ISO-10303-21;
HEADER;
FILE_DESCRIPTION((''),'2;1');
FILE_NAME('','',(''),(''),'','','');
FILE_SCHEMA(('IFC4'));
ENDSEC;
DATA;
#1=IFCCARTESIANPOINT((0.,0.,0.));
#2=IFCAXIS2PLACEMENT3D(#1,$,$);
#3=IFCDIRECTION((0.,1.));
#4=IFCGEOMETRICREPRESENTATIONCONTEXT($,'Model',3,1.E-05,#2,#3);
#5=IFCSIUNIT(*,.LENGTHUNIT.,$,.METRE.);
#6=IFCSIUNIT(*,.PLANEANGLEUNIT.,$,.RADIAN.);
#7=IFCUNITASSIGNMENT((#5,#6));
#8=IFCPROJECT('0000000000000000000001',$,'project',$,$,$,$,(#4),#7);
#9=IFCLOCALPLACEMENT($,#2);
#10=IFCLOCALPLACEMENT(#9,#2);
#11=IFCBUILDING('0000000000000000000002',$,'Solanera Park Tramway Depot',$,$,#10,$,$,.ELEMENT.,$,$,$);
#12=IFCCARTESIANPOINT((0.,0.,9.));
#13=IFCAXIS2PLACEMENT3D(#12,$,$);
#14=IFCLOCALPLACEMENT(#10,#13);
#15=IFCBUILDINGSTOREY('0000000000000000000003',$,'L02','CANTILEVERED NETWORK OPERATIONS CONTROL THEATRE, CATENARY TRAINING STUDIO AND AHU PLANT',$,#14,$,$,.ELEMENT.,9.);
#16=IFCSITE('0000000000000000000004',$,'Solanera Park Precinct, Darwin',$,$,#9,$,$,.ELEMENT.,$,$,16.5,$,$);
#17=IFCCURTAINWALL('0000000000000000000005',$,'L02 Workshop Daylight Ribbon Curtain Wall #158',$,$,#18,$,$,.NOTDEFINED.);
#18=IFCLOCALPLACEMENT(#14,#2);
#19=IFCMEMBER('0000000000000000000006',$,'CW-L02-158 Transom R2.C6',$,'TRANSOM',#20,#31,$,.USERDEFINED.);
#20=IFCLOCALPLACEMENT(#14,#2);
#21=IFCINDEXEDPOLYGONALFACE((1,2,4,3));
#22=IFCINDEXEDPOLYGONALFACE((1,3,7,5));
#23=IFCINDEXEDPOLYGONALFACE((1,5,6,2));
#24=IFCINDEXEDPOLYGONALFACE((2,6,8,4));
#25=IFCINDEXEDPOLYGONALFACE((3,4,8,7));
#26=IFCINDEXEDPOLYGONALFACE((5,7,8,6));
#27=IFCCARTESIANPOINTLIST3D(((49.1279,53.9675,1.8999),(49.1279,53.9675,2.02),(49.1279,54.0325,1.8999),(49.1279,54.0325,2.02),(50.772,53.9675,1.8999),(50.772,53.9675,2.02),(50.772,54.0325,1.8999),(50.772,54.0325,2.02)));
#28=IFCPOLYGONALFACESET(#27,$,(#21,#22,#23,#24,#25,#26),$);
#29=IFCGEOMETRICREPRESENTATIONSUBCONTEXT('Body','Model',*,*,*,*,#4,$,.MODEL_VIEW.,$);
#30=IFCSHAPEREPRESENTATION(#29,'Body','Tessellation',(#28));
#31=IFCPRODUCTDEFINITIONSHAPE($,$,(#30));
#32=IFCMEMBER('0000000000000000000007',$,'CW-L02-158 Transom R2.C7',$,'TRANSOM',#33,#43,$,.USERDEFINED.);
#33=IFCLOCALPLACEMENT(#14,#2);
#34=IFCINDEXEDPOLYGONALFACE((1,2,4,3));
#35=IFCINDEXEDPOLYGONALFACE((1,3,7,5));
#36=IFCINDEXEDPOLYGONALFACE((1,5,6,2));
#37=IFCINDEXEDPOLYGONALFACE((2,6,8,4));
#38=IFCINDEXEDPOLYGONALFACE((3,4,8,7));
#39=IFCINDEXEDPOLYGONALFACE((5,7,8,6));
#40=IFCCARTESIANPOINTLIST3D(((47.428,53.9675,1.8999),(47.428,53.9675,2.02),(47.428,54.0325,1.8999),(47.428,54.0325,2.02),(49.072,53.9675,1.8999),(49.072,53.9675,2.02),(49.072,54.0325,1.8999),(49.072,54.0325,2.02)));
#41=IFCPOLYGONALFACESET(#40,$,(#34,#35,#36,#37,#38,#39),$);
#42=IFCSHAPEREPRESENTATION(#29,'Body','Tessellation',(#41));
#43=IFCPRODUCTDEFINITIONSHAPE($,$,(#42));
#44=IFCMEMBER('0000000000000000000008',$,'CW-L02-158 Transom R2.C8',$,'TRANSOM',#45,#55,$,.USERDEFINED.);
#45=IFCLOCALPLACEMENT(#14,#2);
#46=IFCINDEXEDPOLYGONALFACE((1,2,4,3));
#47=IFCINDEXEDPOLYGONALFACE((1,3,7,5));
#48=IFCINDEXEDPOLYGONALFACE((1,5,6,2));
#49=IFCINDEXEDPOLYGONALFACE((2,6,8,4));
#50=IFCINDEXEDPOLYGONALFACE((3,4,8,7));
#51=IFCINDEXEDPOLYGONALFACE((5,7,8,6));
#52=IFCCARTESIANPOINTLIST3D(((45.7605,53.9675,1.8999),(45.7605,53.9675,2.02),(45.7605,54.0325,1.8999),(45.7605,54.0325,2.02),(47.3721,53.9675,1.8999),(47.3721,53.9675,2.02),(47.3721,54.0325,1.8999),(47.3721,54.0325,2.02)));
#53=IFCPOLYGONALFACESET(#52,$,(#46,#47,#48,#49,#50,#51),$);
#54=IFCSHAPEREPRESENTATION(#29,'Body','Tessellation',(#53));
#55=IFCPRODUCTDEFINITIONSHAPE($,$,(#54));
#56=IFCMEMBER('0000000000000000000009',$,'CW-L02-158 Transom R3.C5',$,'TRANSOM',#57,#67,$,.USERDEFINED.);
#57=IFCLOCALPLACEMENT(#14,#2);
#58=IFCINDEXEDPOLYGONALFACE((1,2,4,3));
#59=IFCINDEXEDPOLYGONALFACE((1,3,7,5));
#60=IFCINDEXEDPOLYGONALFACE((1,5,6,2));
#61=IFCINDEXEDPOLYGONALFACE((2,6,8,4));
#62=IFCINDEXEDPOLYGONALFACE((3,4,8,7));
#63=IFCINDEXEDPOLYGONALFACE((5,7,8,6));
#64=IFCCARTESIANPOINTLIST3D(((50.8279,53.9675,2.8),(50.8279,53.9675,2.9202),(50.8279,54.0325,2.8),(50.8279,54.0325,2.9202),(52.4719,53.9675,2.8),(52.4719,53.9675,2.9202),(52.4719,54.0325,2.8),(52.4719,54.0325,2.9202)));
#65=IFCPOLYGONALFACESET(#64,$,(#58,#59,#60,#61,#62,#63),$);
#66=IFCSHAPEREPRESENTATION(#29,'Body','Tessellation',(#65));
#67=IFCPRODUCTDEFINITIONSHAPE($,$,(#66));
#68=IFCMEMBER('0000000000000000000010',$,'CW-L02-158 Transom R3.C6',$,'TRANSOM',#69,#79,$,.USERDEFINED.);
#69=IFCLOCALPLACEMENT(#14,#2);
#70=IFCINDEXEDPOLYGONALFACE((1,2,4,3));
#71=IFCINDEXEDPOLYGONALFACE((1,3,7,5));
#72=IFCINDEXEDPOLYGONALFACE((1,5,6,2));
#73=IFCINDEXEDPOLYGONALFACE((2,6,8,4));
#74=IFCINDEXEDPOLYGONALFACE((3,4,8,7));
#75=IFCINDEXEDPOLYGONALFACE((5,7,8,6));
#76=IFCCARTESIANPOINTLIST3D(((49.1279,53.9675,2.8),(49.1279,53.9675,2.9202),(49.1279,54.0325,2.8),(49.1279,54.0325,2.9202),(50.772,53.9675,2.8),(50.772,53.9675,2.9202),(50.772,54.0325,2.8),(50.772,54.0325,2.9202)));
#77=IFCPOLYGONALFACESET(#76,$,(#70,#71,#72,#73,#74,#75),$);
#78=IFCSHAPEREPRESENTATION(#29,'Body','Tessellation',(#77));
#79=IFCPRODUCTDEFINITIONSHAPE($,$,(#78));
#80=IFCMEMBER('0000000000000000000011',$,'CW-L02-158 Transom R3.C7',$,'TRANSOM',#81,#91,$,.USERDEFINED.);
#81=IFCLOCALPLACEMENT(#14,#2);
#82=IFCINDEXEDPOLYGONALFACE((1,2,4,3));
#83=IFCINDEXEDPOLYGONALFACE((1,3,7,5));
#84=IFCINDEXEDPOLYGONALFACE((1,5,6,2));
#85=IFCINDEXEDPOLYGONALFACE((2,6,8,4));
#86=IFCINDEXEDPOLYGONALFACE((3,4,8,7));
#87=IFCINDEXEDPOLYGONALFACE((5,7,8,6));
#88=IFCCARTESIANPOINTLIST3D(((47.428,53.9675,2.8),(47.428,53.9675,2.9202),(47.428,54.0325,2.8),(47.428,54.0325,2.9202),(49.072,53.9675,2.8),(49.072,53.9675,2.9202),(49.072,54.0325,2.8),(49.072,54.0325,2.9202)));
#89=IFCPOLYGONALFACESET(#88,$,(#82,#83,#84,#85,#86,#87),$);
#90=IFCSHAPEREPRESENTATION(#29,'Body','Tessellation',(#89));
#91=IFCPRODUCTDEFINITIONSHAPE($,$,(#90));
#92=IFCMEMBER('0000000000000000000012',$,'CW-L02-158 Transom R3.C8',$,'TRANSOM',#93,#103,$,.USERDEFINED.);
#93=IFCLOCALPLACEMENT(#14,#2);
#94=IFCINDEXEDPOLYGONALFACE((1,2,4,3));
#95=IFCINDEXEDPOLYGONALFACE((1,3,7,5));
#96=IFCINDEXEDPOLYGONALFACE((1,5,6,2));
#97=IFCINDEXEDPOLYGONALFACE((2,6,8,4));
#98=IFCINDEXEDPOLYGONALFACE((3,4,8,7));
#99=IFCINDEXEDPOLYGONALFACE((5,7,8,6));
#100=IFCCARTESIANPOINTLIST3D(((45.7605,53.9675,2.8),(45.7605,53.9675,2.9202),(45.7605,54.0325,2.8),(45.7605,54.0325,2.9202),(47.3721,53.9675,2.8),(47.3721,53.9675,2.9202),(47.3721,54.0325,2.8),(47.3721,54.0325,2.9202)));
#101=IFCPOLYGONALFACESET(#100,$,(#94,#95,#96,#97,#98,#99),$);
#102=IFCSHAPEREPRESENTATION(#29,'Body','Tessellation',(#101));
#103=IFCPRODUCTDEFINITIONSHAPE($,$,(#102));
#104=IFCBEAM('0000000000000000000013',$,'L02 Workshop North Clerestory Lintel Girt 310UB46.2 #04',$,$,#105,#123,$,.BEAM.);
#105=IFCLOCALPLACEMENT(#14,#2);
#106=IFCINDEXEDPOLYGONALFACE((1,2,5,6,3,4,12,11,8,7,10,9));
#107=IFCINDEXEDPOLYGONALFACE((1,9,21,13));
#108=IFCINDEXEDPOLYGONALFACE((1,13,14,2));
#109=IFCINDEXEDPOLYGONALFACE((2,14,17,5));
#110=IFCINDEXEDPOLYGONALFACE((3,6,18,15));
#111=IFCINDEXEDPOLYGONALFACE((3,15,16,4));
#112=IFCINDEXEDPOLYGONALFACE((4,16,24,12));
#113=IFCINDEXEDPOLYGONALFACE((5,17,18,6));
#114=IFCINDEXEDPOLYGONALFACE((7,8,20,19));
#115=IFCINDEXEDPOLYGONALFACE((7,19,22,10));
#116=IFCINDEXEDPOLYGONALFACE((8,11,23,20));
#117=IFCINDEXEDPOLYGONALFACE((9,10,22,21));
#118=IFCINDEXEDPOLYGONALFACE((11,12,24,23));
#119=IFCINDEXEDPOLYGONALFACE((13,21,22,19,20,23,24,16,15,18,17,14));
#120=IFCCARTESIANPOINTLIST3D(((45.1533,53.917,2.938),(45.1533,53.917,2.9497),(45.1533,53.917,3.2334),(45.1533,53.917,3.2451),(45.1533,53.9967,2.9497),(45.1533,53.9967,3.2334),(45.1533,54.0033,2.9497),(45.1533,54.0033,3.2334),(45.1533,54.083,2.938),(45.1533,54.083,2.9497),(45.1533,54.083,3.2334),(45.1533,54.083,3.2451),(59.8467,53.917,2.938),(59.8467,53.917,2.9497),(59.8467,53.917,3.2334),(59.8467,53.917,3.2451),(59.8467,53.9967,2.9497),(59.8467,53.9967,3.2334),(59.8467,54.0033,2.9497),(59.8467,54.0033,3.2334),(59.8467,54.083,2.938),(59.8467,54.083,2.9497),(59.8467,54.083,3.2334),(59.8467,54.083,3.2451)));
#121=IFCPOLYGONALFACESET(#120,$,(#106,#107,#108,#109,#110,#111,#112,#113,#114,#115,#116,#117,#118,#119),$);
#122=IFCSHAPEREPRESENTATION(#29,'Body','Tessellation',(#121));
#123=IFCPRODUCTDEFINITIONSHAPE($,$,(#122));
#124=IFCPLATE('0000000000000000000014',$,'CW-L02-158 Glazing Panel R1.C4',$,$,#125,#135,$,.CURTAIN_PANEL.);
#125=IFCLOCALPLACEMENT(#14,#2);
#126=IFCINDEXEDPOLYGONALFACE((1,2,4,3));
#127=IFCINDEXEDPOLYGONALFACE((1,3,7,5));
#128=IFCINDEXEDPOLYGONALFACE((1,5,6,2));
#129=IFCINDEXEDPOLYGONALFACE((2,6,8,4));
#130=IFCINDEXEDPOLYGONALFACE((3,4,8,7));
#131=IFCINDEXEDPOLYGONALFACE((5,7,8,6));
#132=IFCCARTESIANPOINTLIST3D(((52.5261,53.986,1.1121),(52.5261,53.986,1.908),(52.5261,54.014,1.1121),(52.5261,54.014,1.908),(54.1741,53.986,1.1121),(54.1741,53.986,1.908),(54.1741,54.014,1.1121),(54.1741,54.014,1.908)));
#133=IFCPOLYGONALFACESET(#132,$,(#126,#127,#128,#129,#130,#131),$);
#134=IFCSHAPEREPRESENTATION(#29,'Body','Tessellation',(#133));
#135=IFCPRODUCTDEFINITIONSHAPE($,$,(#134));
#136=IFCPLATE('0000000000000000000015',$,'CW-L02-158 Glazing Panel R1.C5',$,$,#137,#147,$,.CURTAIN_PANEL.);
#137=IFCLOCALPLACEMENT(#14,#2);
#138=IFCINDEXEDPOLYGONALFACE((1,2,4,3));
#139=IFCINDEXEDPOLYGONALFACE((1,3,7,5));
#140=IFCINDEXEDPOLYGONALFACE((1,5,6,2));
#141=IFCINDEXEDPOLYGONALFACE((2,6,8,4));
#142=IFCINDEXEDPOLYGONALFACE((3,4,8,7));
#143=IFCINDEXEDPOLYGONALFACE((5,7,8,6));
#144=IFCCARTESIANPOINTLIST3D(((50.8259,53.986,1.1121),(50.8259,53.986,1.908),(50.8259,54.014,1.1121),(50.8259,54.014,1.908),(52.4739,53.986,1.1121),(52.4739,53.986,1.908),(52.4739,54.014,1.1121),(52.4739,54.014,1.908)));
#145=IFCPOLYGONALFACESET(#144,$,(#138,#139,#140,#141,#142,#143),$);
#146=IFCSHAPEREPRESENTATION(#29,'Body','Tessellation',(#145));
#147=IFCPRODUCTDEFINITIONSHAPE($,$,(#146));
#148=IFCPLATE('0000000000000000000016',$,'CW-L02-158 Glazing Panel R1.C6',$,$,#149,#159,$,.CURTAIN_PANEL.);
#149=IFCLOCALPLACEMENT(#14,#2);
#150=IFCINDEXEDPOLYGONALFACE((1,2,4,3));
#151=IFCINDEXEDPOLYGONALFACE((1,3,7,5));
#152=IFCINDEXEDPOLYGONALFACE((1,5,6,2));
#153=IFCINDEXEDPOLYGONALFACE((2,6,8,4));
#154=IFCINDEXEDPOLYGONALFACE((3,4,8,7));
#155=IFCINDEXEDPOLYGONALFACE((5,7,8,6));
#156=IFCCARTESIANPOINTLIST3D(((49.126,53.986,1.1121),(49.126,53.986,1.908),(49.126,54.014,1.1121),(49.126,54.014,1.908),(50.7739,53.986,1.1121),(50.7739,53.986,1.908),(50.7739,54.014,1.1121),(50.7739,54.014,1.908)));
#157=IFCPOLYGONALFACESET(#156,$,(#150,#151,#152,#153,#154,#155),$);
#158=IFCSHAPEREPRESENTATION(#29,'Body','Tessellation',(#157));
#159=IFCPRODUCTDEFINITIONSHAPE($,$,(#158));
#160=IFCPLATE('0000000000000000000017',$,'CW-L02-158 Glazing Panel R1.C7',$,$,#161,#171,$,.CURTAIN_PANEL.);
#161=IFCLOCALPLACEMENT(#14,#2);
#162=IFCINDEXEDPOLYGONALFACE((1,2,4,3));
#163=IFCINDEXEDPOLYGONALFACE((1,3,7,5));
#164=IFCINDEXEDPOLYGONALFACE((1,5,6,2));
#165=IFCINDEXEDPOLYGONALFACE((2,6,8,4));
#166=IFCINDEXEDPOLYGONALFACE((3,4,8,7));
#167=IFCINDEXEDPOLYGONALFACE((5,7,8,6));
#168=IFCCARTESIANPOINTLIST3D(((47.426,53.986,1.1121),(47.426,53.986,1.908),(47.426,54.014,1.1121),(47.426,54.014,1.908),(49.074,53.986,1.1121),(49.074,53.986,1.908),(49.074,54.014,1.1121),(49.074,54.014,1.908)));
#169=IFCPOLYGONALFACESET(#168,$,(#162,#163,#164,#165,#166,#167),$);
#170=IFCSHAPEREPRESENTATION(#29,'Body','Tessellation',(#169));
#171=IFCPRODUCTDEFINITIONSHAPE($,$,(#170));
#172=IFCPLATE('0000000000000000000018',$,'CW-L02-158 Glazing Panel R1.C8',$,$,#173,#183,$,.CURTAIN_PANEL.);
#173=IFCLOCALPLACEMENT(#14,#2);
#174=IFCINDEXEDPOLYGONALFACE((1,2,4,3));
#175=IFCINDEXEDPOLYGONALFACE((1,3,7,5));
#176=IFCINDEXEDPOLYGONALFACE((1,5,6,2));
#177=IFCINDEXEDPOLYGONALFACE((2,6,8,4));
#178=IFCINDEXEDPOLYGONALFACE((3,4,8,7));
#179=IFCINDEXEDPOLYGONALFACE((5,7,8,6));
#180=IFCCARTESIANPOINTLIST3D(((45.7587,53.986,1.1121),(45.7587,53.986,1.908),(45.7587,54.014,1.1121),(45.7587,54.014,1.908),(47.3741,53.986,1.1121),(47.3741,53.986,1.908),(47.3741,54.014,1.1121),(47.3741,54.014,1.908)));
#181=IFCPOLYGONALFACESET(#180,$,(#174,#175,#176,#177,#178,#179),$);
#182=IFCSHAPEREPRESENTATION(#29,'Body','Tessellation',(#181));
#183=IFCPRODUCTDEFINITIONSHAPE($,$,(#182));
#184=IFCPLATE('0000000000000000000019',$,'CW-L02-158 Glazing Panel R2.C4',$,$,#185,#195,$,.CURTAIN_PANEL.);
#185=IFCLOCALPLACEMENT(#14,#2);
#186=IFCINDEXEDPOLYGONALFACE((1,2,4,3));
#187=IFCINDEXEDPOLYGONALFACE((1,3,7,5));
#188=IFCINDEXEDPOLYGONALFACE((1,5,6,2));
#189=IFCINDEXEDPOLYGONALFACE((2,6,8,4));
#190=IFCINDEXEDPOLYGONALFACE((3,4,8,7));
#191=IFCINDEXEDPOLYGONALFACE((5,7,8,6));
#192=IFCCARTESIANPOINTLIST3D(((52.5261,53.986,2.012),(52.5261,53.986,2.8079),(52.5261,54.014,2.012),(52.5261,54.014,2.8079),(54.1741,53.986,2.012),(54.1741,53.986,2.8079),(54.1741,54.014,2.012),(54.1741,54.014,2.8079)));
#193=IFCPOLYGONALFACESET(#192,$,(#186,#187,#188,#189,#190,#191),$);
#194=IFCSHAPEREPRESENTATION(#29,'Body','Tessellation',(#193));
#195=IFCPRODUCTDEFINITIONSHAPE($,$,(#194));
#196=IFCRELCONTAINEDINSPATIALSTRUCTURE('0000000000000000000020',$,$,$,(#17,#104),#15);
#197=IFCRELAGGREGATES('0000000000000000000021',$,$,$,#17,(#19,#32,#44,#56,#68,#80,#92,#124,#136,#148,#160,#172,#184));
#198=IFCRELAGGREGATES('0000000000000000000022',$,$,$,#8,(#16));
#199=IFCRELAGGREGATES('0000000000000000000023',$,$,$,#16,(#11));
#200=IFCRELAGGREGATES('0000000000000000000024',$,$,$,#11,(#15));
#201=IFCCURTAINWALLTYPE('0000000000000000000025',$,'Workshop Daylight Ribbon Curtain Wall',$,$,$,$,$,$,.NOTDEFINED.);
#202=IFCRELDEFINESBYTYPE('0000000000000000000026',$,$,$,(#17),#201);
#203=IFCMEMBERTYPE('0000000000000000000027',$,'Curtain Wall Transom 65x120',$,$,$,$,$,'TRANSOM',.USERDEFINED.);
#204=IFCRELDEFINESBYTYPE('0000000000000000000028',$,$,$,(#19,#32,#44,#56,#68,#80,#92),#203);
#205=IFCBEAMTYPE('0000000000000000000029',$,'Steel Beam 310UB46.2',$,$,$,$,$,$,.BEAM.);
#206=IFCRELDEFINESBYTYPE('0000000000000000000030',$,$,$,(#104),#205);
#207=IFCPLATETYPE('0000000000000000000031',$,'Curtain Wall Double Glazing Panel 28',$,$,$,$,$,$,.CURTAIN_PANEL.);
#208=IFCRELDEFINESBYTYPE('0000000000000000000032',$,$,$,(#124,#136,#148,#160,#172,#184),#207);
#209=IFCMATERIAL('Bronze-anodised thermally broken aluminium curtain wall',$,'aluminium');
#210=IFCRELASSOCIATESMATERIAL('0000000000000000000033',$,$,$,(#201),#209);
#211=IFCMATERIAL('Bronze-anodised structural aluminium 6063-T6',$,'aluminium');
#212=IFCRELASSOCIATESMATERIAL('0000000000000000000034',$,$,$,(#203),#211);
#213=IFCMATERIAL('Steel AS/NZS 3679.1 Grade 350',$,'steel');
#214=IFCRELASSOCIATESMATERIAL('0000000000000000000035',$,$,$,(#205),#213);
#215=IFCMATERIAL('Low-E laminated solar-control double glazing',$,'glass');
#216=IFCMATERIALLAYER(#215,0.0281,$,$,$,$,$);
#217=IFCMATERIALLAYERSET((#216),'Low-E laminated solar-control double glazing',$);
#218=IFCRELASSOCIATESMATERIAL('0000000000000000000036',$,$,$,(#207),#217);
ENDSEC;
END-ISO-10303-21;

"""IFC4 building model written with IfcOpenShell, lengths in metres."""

from ifc_helpers import new_model, si_unit, direction, frame, origin, origin_2d, place, context, subcontext, project, spatial, rectangle, i_section, extrude, material, layer, layer_set, material_profile, profile_set, type_object, element, aggregate, save


model = new_model("IFC4")

# Units and contexts
model_context = context("Model", 3, precision=1e-05, world=origin(), true_north=direction((0.0, 1.0)))
body_context = subcontext(model_context, "Body", "Model", "MODEL_VIEW")
ifc_project = project(units=[si_unit("LENGTHUNIT", "METRE"), si_unit("PLANEANGLEUNIT", "RADIAN")], contexts=[model_context])

# Site, building, storey
site_placement = place(None, origin())
site = spatial("IfcSite", under=ifc_project, at=site_placement, Name="Solanera Park Precinct, Darwin", CompositionType="ELEMENT", RefElevation=16.5)
building_placement = place(site_placement, origin())
building = spatial("IfcBuilding", under=site, at=building_placement, Name="Solanera Park Tramway Depot", CompositionType="ELEMENT")
storey_placement = place(building_placement, frame((0.0, 0.0, 9.0)))
storey = spatial("IfcBuildingStorey", under=building, at=storey_placement, Name="L02", Description="CANTILEVERED NETWORK OPERATIONS CONTROL THEATRE, CATENARY TRAINING STUDIO AND AHU PLANT", CompositionType="ELEMENT", Elevation=9.0)

# Shared definitions
ifc_material_1 = material(Name="Bronze-anodised thermally broken aluminium curtain wall", Category="aluminium")
curtain_wall_type = type_object("IfcCurtainWallType", Name="Workshop Daylight Ribbon Curtain Wall", PredefinedType="NOTDEFINED", material=ifc_material_1)

# Curtain wall
curtain_wall_1_placement = place(storey_placement, origin())
curtain_wall_1 = element("IfcCurtainWall", 1, at=curtain_wall_1_placement, inside=storey, type_object=curtain_wall_type, Name="L02 Workshop Daylight Ribbon Curtain Wall #158", PredefinedType="NOTDEFINED")

# Members
ifc_material_2 = material(Name="Bronze-anodised structural aluminium 6063-T6", Category="aluminium")
ifc_material_profile_1 = material_profile(ifc_material_2, rectangle(XDim=0.0649, YDim=0.1201, at=origin_2d()), Name="Curtain Wall Transom 65x120")
ifc_profile_set_1 = profile_set([ifc_material_profile_1], Name="Bronze-anodised structural aluminium 6063-T6")
member_type_1 = type_object("IfcMemberType", Name="Curtain Wall Transom 65x120", ElementType="TRANSOM", PredefinedType="USERDEFINED", material=ifc_profile_set_1)
member_1_placement = place(storey_placement, frame((50.772, 54.0, 1.96), z_axis=(-1.0, 0.0, 0.0), x_axis=(0.0, -1.0, 0.0)))
member_1 = element("IfcMember", 2, at=member_1_placement, type_object=member_type_1, Name="CW-L02-158 Transom R2.C6", ObjectType="TRANSOM", PredefinedType="USERDEFINED", context=body_context, shape_type="SweptSolid", body=[
    extrude(rectangle(XDim=0.0649, YDim=0.1201, at=origin_2d()), origin(), (0.0, 0.0, 1.0), 1.644),
])
member_2_placement = place(storey_placement, frame((49.072, 54.0, 1.96), z_axis=(-1.0, 0.0, 0.0), x_axis=(0.0, -1.0, 0.0)))
member_2 = element("IfcMember", 3, at=member_2_placement, type_object=member_type_1, Name="CW-L02-158 Transom R2.C7", ObjectType="TRANSOM", PredefinedType="USERDEFINED", context=body_context, shape_type="SweptSolid", body=[
    extrude(rectangle(XDim=0.0649, YDim=0.1201, at=origin_2d()), origin(), (0.0, 0.0, 1.0), 1.644),
])
member_3_placement = place(storey_placement, frame((47.3721, 54.0, 1.96), z_axis=(-1.0, 0.0, 0.0), x_axis=(0.0, -1.0, 0.0)))
member_3 = element("IfcMember", 4, at=member_3_placement, type_object=member_type_1, Name="CW-L02-158 Transom R2.C8", ObjectType="TRANSOM", PredefinedType="USERDEFINED", context=body_context, shape_type="SweptSolid", body=[
    extrude(rectangle(XDim=0.0649, YDim=0.1201, at=origin_2d()), origin(), (0.0, 0.0, 1.0), 1.6116),
])
member_4_placement = place(storey_placement, frame((52.4719, 54.0, 2.8601), z_axis=(-1.0, 0.0, 0.0), x_axis=(0.0, -1.0, 0.0)))
member_4 = element("IfcMember", 5, at=member_4_placement, type_object=member_type_1, Name="CW-L02-158 Transom R3.C5", ObjectType="TRANSOM", PredefinedType="USERDEFINED", context=body_context, shape_type="SweptSolid", body=[
    extrude(rectangle(XDim=0.0649, YDim=0.1201, at=origin_2d()), origin(), (0.0, 0.0, 1.0), 1.644),
])
member_5_placement = place(storey_placement, frame((50.772, 54.0, 2.8601), z_axis=(-1.0, 0.0, 0.0), x_axis=(0.0, -1.0, 0.0)))
member_5 = element("IfcMember", 6, at=member_5_placement, type_object=member_type_1, Name="CW-L02-158 Transom R3.C6", ObjectType="TRANSOM", PredefinedType="USERDEFINED", context=body_context, shape_type="SweptSolid", body=[
    extrude(rectangle(XDim=0.0649, YDim=0.1201, at=origin_2d()), origin(), (0.0, 0.0, 1.0), 1.644),
])
member_6_placement = place(storey_placement, frame((49.072, 54.0, 2.8601), z_axis=(-1.0, 0.0, 0.0), x_axis=(0.0, -1.0, 0.0)))
member_6 = element("IfcMember", 7, at=member_6_placement, type_object=member_type_1, Name="CW-L02-158 Transom R3.C7", ObjectType="TRANSOM", PredefinedType="USERDEFINED", context=body_context, shape_type="SweptSolid", body=[
    extrude(rectangle(XDim=0.0649, YDim=0.1201, at=origin_2d()), origin(), (0.0, 0.0, 1.0), 1.644),
])
member_7_placement = place(storey_placement, frame((47.3721, 54.0, 2.8601), z_axis=(-1.0, 0.0, 0.0), x_axis=(0.0, -1.0, 0.0)))
member_7 = element("IfcMember", 8, at=member_7_placement, type_object=member_type_1, Name="CW-L02-158 Transom R3.C8", ObjectType="TRANSOM", PredefinedType="USERDEFINED", context=body_context, shape_type="SweptSolid", body=[
    extrude(rectangle(XDim=0.0649, YDim=0.1201, at=origin_2d()), origin(), (0.0, 0.0, 1.0), 1.6116),
])

# Beam
ifc_material_3 = material(Name="Steel AS/NZS 3679.1 Grade 350", Category="steel")
ifc_material_profile_2 = material_profile(ifc_material_3, i_section(OverallWidth=0.166, OverallDepth=0.3071, WebThickness=0.0066, FlangeThickness=0.0117, at=origin_2d()), Name="310UB46.2")
ifc_profile_set_2 = profile_set([ifc_material_profile_2], Name="Steel AS/NZS 3679.1 Grade 350")
beam_type = type_object("IfcBeamType", Name="Steel Beam 310UB46.2", PredefinedType="BEAM", material=ifc_profile_set_2)
beam_placement = place(storey_placement, frame((45.1533, 54.0, 3.0916), z_axis=(1.0, 0.0, 0.0), x_axis=(0.0, 1.0, 0.0)))
element("IfcBeam", 9, at=beam_placement, inside=storey, type_object=beam_type, Name="L02 Workshop North Clerestory Lintel Girt 310UB46.2 #04", PredefinedType="BEAM", context=body_context, shape_type="SweptSolid", body=[
    extrude(i_section(OverallWidth=0.166, OverallDepth=0.3071, WebThickness=0.0066, FlangeThickness=0.0117, at=origin_2d()), origin(), (0.0, 0.0, 1.0), 14.6934),
])

# Plates
ifc_material_4 = material(Name="Low-E laminated solar-control double glazing", Category="glass")
ifc_layer = layer(ifc_material_4, 0.0281)
ifc_layer_set = layer_set([ifc_layer], Name="Low-E laminated solar-control double glazing")
plate_type = type_object("IfcPlateType", Name="Curtain Wall Double Glazing Panel 28", PredefinedType="CURTAIN_PANEL", material=ifc_layer_set)
plate_1_placement = place(storey_placement, frame((53.3501, 54.0, 1.1121), z_axis=(0.0, 0.0, 1.0), x_axis=(-1.0, 0.0, 0.0)))
plate_1 = element("IfcPlate", 10, at=plate_1_placement, type_object=plate_type, Name="CW-L02-158 Glazing Panel R1.C4", PredefinedType="CURTAIN_PANEL", context=body_context, shape_type="SweptSolid", body=[
    extrude(rectangle(XDim=1.6479, YDim=0.0281, at=origin_2d()), origin(), (0.0, 0.0, 1.0), 0.7959),
])
plate_2_placement = place(storey_placement, frame((51.6499, 54.0, 1.1121), z_axis=(0.0, 0.0, 1.0), x_axis=(-1.0, 0.0, 0.0)))
plate_2 = element("IfcPlate", 11, at=plate_2_placement, type_object=plate_type, Name="CW-L02-158 Glazing Panel R1.C5", PredefinedType="CURTAIN_PANEL", context=body_context, shape_type="SweptSolid", body=[
    extrude(rectangle(XDim=1.6479, YDim=0.0281, at=origin_2d()), origin(), (0.0, 0.0, 1.0), 0.7959),
])
plate_3_placement = place(storey_placement, frame((49.95, 54.0, 1.1121), z_axis=(0.0, 0.0, 1.0), x_axis=(-1.0, 0.0, 0.0)))
plate_3 = element("IfcPlate", 12, at=plate_3_placement, type_object=plate_type, Name="CW-L02-158 Glazing Panel R1.C6", PredefinedType="CURTAIN_PANEL", context=body_context, shape_type="SweptSolid", body=[
    extrude(rectangle(XDim=1.6479, YDim=0.0281, at=origin_2d()), origin(), (0.0, 0.0, 1.0), 0.7959),
])
plate_4_placement = place(storey_placement, frame((48.25, 54.0, 1.1121), z_axis=(0.0, 0.0, 1.0), x_axis=(-1.0, 0.0, 0.0)))
plate_4 = element("IfcPlate", 13, at=plate_4_placement, type_object=plate_type, Name="CW-L02-158 Glazing Panel R1.C7", PredefinedType="CURTAIN_PANEL", context=body_context, shape_type="SweptSolid", body=[
    extrude(rectangle(XDim=1.6479, YDim=0.0281, at=origin_2d()), origin(), (0.0, 0.0, 1.0), 0.7959),
])
plate_5_placement = place(storey_placement, frame((46.5664, 54.0, 1.1121), z_axis=(0.0, 0.0, 1.0), x_axis=(-1.0, 0.0, 0.0)))
plate_5 = element("IfcPlate", 14, at=plate_5_placement, type_object=plate_type, Name="CW-L02-158 Glazing Panel R1.C8", PredefinedType="CURTAIN_PANEL", context=body_context, shape_type="SweptSolid", body=[
    extrude(rectangle(XDim=1.6155, YDim=0.0281, at=origin_2d()), origin(), (0.0, 0.0, 1.0), 0.7959),
])
plate_6_placement = place(storey_placement, frame((53.3501, 54.0, 2.012), z_axis=(0.0, 0.0, 1.0), x_axis=(-1.0, 0.0, 0.0)))
plate_6 = element("IfcPlate", 15, at=plate_6_placement, type_object=plate_type, Name="CW-L02-158 Glazing Panel R2.C4", PredefinedType="CURTAIN_PANEL", context=body_context, shape_type="SweptSolid", body=[
    extrude(rectangle(XDim=1.6479, YDim=0.0281, at=origin_2d()), origin(), (0.0, 0.0, 1.0), 0.7959),
])
aggregate(curtain_wall_1, [member_1, member_2, member_3, member_4, member_5, member_6, member_7, plate_1, plate_2, plate_3, plate_4, plate_5, plate_6])

save(model, "model.ifc")
